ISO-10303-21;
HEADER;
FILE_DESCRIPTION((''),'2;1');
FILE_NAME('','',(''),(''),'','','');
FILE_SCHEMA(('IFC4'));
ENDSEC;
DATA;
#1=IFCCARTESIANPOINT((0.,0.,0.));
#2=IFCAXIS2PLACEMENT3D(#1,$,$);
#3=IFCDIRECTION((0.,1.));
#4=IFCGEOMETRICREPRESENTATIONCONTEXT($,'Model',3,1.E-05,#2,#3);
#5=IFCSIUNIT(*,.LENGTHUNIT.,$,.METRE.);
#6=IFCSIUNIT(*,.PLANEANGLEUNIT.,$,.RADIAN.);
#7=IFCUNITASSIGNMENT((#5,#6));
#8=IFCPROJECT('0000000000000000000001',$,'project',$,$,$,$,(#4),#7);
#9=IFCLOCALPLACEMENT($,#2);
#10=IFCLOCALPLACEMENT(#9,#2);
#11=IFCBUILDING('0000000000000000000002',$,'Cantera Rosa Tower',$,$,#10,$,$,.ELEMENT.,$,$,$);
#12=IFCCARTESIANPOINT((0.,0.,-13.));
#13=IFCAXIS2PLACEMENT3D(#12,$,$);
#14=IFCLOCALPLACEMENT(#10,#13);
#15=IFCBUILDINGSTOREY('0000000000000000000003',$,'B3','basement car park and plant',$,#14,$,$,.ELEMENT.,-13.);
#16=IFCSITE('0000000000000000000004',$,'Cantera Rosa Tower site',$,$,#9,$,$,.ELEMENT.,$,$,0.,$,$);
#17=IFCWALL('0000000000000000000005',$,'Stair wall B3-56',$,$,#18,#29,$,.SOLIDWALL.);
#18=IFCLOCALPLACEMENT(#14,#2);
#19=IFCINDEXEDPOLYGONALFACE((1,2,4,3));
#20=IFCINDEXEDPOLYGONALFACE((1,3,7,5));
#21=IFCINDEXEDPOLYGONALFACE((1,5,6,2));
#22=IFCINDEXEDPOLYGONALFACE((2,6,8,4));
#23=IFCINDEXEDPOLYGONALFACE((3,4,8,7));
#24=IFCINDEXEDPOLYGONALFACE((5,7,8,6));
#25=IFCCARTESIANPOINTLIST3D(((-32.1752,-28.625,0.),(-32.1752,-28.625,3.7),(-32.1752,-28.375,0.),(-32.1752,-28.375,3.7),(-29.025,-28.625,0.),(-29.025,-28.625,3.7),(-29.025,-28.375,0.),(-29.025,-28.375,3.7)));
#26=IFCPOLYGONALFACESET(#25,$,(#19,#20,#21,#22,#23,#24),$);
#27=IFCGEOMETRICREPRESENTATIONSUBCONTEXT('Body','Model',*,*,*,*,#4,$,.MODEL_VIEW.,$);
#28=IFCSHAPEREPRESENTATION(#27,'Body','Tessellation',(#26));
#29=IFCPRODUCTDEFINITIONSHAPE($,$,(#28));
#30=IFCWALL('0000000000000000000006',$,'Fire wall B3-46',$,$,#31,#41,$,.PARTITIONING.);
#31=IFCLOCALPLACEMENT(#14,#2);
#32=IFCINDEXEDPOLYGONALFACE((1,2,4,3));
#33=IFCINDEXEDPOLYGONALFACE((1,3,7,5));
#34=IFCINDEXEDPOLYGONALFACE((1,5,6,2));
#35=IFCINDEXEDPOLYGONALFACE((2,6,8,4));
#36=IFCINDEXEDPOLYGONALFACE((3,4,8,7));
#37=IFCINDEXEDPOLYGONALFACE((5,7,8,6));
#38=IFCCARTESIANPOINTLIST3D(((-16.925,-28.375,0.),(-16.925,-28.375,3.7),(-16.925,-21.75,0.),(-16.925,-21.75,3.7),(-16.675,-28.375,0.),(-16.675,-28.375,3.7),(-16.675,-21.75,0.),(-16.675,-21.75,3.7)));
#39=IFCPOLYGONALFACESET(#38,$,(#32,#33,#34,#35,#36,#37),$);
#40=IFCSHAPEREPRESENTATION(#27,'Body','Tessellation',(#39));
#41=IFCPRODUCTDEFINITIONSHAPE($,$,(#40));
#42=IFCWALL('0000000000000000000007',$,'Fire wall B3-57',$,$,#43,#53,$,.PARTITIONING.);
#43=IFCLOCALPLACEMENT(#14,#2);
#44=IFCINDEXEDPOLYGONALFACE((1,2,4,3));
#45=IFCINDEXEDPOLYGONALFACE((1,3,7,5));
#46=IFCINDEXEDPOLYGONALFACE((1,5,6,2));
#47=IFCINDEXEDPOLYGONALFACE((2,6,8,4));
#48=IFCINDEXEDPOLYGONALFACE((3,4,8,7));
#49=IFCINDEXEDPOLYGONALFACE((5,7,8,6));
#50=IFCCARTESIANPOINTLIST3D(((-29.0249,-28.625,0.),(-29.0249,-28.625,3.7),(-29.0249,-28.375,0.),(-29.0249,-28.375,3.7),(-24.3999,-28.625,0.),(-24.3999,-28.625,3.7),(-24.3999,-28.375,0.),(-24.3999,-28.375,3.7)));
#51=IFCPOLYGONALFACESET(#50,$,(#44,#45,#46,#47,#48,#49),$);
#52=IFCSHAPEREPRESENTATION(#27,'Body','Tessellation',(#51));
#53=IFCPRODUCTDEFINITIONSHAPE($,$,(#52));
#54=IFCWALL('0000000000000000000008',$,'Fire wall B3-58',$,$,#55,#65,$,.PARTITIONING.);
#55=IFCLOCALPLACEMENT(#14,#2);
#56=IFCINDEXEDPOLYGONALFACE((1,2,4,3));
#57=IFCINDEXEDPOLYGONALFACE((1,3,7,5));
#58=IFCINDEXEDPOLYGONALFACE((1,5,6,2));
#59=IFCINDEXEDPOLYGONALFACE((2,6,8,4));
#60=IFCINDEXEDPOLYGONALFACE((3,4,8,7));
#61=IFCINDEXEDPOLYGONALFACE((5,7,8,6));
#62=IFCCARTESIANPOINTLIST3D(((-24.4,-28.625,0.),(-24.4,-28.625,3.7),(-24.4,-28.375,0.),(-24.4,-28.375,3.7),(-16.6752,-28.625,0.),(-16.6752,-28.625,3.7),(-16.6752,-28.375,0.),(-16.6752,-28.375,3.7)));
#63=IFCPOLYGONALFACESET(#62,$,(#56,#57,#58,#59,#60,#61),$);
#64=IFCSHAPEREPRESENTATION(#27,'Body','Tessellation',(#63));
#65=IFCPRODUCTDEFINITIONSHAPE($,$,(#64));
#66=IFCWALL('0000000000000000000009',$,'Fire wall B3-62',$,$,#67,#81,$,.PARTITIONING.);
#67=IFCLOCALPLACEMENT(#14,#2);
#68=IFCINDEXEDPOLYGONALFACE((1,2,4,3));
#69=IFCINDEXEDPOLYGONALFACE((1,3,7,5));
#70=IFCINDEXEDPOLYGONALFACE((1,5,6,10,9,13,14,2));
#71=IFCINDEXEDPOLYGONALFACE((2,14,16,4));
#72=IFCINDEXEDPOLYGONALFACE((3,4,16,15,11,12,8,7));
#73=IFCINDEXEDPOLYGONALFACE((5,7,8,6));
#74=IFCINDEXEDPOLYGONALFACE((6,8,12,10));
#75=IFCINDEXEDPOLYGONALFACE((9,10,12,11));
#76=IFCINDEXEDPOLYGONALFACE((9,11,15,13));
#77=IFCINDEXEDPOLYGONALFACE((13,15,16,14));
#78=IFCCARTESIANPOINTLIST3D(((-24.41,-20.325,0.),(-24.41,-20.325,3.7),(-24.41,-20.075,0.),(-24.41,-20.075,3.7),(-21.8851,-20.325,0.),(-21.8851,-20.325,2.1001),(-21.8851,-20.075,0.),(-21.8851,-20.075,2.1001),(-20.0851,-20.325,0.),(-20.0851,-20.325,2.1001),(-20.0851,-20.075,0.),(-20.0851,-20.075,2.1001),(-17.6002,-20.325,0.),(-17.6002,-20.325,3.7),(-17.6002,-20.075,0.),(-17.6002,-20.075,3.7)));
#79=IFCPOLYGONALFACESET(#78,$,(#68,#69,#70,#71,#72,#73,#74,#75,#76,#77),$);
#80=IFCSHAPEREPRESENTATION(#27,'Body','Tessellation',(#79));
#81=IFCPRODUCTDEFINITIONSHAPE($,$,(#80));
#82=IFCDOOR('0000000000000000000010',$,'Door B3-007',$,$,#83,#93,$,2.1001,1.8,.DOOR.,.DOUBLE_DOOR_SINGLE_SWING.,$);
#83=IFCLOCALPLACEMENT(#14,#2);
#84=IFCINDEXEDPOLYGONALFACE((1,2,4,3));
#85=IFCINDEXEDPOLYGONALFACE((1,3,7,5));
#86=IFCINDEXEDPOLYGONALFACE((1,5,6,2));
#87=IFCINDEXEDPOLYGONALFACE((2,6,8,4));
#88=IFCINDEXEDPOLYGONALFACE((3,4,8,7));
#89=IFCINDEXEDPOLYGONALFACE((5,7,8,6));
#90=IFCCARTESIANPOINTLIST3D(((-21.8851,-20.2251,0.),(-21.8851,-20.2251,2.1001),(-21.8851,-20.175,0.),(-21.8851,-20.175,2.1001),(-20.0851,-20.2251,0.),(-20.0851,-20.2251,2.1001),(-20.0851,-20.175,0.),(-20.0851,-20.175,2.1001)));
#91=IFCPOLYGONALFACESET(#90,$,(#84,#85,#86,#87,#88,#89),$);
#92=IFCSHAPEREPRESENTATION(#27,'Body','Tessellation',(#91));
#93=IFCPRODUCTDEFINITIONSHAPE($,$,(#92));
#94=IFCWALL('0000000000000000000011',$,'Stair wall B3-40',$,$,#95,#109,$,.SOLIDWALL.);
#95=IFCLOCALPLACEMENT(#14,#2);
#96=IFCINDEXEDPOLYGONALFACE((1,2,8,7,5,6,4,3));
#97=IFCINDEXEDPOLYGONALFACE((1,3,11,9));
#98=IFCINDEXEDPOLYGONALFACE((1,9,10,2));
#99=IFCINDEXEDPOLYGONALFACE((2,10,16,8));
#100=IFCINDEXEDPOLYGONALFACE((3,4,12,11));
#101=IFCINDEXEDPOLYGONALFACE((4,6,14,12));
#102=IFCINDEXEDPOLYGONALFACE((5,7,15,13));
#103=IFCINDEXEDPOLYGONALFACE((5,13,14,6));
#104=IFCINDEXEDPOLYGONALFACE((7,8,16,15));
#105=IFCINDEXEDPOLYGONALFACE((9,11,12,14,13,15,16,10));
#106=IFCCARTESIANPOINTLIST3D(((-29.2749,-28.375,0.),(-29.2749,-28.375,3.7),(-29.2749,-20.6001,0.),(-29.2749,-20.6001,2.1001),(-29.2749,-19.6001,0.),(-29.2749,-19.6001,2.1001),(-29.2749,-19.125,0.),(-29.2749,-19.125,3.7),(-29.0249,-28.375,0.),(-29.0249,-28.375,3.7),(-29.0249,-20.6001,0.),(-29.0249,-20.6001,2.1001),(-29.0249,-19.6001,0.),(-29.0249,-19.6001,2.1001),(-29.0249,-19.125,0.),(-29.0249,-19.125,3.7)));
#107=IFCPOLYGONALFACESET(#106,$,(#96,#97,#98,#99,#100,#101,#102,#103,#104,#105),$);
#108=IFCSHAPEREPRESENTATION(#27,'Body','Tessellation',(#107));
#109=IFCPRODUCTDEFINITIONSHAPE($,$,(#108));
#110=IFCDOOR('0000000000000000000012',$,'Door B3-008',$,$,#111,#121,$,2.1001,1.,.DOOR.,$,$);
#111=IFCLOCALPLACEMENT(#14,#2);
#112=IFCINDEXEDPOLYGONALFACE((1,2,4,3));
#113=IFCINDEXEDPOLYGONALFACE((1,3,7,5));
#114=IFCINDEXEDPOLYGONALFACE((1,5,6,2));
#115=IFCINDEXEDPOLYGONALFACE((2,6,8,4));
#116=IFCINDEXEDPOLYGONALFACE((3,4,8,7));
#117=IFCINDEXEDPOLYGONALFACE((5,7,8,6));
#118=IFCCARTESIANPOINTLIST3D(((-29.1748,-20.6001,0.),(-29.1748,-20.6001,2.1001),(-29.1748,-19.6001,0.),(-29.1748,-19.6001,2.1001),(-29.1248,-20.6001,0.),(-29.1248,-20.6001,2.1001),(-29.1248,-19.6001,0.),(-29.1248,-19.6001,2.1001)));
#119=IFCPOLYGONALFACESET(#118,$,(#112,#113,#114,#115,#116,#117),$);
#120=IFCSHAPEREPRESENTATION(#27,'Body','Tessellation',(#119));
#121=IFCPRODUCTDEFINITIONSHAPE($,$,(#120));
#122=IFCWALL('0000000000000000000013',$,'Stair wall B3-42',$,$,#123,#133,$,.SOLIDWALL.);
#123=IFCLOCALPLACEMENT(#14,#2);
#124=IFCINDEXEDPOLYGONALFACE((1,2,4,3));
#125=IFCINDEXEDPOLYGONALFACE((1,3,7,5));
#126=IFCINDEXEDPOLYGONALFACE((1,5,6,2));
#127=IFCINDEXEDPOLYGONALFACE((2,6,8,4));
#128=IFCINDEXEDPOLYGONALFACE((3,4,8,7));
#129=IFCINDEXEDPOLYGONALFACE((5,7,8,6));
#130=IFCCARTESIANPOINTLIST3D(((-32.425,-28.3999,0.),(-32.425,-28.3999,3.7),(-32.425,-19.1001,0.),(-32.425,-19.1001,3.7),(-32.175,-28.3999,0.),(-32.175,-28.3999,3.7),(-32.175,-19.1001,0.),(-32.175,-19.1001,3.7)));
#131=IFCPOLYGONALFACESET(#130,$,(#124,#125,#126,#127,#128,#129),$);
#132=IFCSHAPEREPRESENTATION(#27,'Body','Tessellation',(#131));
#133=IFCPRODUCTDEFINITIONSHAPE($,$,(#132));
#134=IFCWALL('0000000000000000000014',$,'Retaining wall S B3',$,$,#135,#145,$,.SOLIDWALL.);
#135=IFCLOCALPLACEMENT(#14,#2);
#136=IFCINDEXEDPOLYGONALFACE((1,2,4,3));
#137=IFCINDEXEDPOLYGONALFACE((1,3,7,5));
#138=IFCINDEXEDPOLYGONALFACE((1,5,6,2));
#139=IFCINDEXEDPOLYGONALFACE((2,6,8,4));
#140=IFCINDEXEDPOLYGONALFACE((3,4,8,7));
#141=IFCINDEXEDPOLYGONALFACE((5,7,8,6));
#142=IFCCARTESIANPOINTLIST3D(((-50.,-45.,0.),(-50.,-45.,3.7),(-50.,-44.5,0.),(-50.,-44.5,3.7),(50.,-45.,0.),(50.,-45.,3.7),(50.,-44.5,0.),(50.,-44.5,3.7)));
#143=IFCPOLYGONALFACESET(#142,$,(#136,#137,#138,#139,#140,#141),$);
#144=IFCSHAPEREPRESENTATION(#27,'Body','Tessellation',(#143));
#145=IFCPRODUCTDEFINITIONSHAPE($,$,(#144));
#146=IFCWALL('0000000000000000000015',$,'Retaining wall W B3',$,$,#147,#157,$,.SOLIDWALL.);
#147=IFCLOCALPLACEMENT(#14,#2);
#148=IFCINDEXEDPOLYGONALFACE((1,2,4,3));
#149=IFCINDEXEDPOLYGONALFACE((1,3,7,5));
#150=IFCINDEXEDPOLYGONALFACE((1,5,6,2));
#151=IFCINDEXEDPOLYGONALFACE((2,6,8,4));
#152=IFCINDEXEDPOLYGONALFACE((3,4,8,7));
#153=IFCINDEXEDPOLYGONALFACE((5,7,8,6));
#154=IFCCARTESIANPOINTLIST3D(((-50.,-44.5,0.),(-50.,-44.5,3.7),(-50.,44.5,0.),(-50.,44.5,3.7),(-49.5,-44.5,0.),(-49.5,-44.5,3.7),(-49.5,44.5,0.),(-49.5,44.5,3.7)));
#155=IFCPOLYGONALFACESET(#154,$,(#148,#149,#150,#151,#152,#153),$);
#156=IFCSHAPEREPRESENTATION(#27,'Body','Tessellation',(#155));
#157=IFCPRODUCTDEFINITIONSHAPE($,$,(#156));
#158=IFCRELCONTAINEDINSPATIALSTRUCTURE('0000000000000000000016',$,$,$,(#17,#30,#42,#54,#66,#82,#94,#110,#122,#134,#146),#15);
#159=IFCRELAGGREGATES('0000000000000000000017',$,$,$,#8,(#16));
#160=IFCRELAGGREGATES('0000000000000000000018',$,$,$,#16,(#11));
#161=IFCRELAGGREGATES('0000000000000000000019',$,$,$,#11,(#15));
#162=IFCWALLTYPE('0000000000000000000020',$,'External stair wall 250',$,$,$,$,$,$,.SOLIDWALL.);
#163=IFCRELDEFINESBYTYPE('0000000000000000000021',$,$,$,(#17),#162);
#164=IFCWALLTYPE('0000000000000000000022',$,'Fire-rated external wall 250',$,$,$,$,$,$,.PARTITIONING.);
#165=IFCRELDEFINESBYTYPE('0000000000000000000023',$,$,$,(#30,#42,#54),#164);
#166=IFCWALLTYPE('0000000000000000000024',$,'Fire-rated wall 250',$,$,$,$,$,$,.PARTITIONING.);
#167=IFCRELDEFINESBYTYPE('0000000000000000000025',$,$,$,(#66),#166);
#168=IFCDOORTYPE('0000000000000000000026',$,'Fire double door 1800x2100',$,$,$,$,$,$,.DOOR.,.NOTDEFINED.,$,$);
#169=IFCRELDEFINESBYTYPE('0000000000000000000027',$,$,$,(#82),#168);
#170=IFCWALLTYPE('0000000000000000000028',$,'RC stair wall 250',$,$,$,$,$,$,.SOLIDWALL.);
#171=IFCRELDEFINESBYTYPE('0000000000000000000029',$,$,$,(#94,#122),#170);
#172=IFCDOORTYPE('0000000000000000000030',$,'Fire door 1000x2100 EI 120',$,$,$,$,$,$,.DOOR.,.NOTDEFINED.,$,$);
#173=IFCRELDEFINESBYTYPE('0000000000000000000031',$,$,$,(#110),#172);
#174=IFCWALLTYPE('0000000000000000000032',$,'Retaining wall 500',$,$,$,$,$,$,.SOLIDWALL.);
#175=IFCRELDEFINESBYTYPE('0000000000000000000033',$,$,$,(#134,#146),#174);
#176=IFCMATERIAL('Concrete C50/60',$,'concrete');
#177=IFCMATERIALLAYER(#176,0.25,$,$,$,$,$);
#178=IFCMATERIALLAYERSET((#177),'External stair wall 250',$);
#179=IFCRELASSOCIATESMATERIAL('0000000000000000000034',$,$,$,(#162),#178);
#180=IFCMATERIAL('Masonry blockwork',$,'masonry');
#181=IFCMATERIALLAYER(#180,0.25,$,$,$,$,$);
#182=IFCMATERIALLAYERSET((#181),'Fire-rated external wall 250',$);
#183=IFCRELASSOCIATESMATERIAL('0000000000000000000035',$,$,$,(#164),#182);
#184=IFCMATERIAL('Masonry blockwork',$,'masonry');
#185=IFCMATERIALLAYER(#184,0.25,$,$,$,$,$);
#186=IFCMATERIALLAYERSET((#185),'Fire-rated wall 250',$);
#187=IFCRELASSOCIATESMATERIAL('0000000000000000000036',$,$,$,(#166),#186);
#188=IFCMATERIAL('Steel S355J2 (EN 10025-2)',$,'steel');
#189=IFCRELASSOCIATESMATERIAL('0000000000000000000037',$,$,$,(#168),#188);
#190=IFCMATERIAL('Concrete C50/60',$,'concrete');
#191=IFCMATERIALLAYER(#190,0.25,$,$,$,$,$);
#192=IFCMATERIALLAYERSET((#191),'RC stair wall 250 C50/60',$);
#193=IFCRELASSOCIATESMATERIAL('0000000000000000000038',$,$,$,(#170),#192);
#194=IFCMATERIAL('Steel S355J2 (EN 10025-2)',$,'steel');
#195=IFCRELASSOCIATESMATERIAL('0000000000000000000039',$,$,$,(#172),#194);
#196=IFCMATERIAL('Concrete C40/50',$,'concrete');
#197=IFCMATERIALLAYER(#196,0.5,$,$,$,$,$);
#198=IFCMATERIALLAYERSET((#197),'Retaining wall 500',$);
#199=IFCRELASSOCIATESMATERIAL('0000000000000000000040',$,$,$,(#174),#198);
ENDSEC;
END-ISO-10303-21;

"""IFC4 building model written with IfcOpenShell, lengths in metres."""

from ifc_helpers import new_model, si_unit, direction, frame, frame_2d, origin, place, context, subcontext, project, spatial, rectangle, extrude, material, layer, layer_set, type_object, element, fill, save


model = new_model("IFC4")

# Units and contexts
model_context = context("Model", 3, precision=1e-05, world=origin(), true_north=direction((0.0, 1.0)))
body_context = subcontext(model_context, "Body", "Model", "MODEL_VIEW")
ifc_project = project(units=[si_unit("LENGTHUNIT", "METRE"), si_unit("PLANEANGLEUNIT", "RADIAN")], contexts=[model_context])

# Site, building, storey
site_placement = place(None, origin())
site = spatial("IfcSite", under=ifc_project, at=site_placement, Name="Cantera Rosa Tower site", CompositionType="ELEMENT", RefElevation=0.0)
building_placement = place(site_placement, origin())
building = spatial("IfcBuilding", under=site, at=building_placement, Name="Cantera Rosa Tower", CompositionType="ELEMENT")
storey_placement = place(building_placement, frame((0.0, 0.0, -13.0)))
storey = spatial("IfcBuildingStorey", under=building, at=storey_placement, Name="B3", Description="basement car park and plant", CompositionType="ELEMENT", Elevation=-13.0)

# Walls
ifc_material_1 = material(Name="Concrete C50/60", Category="concrete")
ifc_layer_1 = layer(ifc_material_1, 0.25)
ifc_layer_set_1 = layer_set([ifc_layer_1], Name="External stair wall 250")
wall_type_1 = type_object("IfcWallType", Name="External stair wall 250", PredefinedType="SOLIDWALL", material=ifc_layer_set_1)
wall_1_placement = place(storey_placement, frame((-29.0249, -28.5, 0.0), z_axis=(0.0, 0.0, 1.0), x_axis=(-1.0, 0.0, 0.0)))
element("IfcWall", 1, at=wall_1_placement, inside=storey, type_object=wall_type_1, Name="Stair wall B3-56", PredefinedType="SOLIDWALL", context=body_context, shape_type="SweptSolid", body=[
    extrude(rectangle(XDim=3.1501, YDim=0.25, at=frame_2d((1.5752, 0.0))), origin(), (0.0, 0.0, 1.0), 3.7),
])
ifc_material_2 = material(Name="Masonry blockwork", Category="masonry")
ifc_layer_2 = layer(ifc_material_2, 0.25)
ifc_layer_set_2 = layer_set([ifc_layer_2], Name="Fire-rated external wall 250")
wall_type_2 = type_object("IfcWallType", Name="Fire-rated external wall 250", PredefinedType="PARTITIONING", material=ifc_layer_set_2)
wall_2_placement = place(storey_placement, frame((-16.8, -28.375, 0.0), z_axis=(0.0, 0.0, 1.0), x_axis=(0.0, 1.0, 0.0)))
element("IfcWall", 2, at=wall_2_placement, inside=storey, type_object=wall_type_2, Name="Fire wall B3-46", PredefinedType="PARTITIONING", context=body_context, shape_type="SweptSolid", body=[
    extrude(rectangle(XDim=6.625, YDim=0.25, at=frame_2d((3.3125, 0.0))), origin(), (0.0, 0.0, 1.0), 3.7),
])
wall_3_placement = place(storey_placement, frame((-29.0249, -28.5, 0.0), z_axis=(0.0, 0.0, 1.0), x_axis=(1.0, 0.0, 0.0)))
element("IfcWall", 3, at=wall_3_placement, inside=storey, type_object=wall_type_2, Name="Fire wall B3-57", PredefinedType="PARTITIONING", context=body_context, shape_type="SweptSolid", body=[
    extrude(rectangle(XDim=4.625, YDim=0.25, at=frame_2d((2.3125, 0.0))), origin(), (0.0, 0.0, 1.0), 3.7),
])
wall_4_placement = place(storey_placement, frame((-24.3999, -28.5, 0.0), z_axis=(0.0, 0.0, 1.0), x_axis=(1.0, 0.0, 0.0)))
element("IfcWall", 4, at=wall_4_placement, inside=storey, type_object=wall_type_2, Name="Fire wall B3-58", PredefinedType="PARTITIONING", context=body_context, shape_type="SweptSolid", body=[
    extrude(rectangle(XDim=7.7249, YDim=0.25, at=frame_2d((3.8623, 0.0))), origin(), (0.0, 0.0, 1.0), 3.7),
])

# Walls, openings, doors
ifc_material_3 = material(Name="Masonry blockwork", Category="masonry")
ifc_layer_3 = layer(ifc_material_3, 0.25)
ifc_layer_set_3 = layer_set([ifc_layer_3], Name="Fire-rated wall 250")
wall_type_3 = type_object("IfcWallType", Name="Fire-rated wall 250", PredefinedType="PARTITIONING", material=ifc_layer_set_3)
wall_5_placement = place(storey_placement, frame((-24.4099, -20.2, 0.0), z_axis=(0.0, 0.0, 1.0), x_axis=(1.0, 0.0, 0.0)))
wall_5 = element("IfcWall", 5, at=wall_5_placement, inside=storey, type_object=wall_type_3, Name="Fire wall B3-62", PredefinedType="PARTITIONING", context=body_context, shape_type="SweptSolid", body=[
    extrude(rectangle(XDim=6.8098, YDim=0.25, at=frame_2d((3.4048, 0.0))), origin(), (0.0, 0.0, 1.0), 3.7),
])
opening_1_placement = place(wall_5_placement, frame((2.5249, 0.0, 0.0)))
opening_1 = element("IfcOpeningElement", 6, at=opening_1_placement, cuts=wall_5, PredefinedType="OPENING", context=body_context, shape_type="SweptSolid", body=[
    extrude(rectangle(XDim=1.8, YDim=2.1001, at=frame_2d((0.8999, 1.05))), frame((0.0, 0.135, 0.0), z_axis=(0.0, -1.0, 0.0), x_axis=(1.0, 0.0, 0.0)), (0.0, 0.0, 1.0), 0.27),
])
ifc_material_4 = material(Name="Steel S355J2 (EN 10025-2)", Category="steel")
door_type_1 = type_object("IfcDoorType", Name="Fire double door 1800x2100", OperationType="NOTDEFINED", PredefinedType="DOOR", material=ifc_material_4)
door_1_placement = place(opening_1_placement, origin())
door_1 = element("IfcDoor", 7, at=door_1_placement, inside=storey, type_object=door_type_1, Name="Door B3-007", OperationType="DOUBLE_DOOR_SINGLE_SWING", OverallHeight=2.1001, OverallWidth=1.8, PredefinedType="DOOR", context=body_context, shape_type="SweptSolid", body=[
    extrude(rectangle(XDim=1.8, YDim=2.1001, at=frame_2d((0.8999, 1.05))), frame((0.0, 0.0249, 0.0), z_axis=(0.0, -1.0, 0.0), x_axis=(1.0, 0.0, 0.0)), (0.0, 0.0, 1.0), 0.05),
])
fill(opening_1, door_1)
ifc_material_5 = material(Name="Concrete C50/60", Category="concrete")
ifc_layer_4 = layer(ifc_material_5, 0.25)
ifc_layer_set_4 = layer_set([ifc_layer_4], Name="RC stair wall 250 C50/60")
wall_type_4 = type_object("IfcWallType", Name="RC stair wall 250", PredefinedType="SOLIDWALL", material=ifc_layer_set_4)
wall_6_placement = place(storey_placement, frame((-29.1499, -28.375, 0.0), z_axis=(0.0, 0.0, 1.0), x_axis=(0.0, 1.0, 0.0)))
wall_6 = element("IfcWall", 8, at=wall_6_placement, inside=storey, type_object=wall_type_4, Name="Stair wall B3-40", PredefinedType="SOLIDWALL", context=body_context, shape_type="SweptSolid", body=[
    extrude(rectangle(XDim=9.25, YDim=0.25, at=frame_2d((4.625, 0.0))), origin(), (0.0, 0.0, 1.0), 3.7),
])
opening_2_placement = place(wall_6_placement, frame((7.7749, 0.0, 0.0)))
opening_2 = element("IfcOpeningElement", 9, at=opening_2_placement, cuts=wall_6, PredefinedType="OPENING", context=body_context, shape_type="SweptSolid", body=[
    extrude(rectangle(XDim=1.0, YDim=2.1001, at=frame_2d((0.5, 1.05))), frame((0.0, 0.135, 0.0), z_axis=(0.0, -1.0, 0.0), x_axis=(1.0, 0.0, 0.0)), (0.0, 0.0, 1.0), 0.27),
])
ifc_material_6 = material(Name="Steel S355J2 (EN 10025-2)", Category="steel")
door_type_2 = type_object("IfcDoorType", Name="Fire door 1000x2100 EI 120", OperationType="NOTDEFINED", PredefinedType="DOOR", material=ifc_material_6)
door_2_placement = place(opening_2_placement, origin())
door_2 = element("IfcDoor", 10, at=door_2_placement, inside=storey, type_object=door_type_2, Name="Door B3-008", OverallHeight=2.1001, OverallWidth=1.0, PredefinedType="DOOR", context=body_context, shape_type="SweptSolid", body=[
    extrude(rectangle(XDim=1.0, YDim=2.1001, at=frame_2d((0.5, 1.05))), frame((0.0, 0.0249, 0.0), z_axis=(0.0, -1.0, 0.0), x_axis=(1.0, 0.0, 0.0)), (0.0, 0.0, 1.0), 0.05),
])
fill(opening_2, door_2)

# Walls
wall_7_placement = place(storey_placement, frame((-32.3, -28.3999, 0.0), z_axis=(0.0, 0.0, 1.0), x_axis=(0.0, 1.0, 0.0)))
element("IfcWall", 11, at=wall_7_placement, inside=storey, type_object=wall_type_4, Name="Stair wall B3-42", PredefinedType="SOLIDWALL", context=body_context, shape_type="SweptSolid", body=[
    extrude(rectangle(XDim=9.2998, YDim=0.25, at=frame_2d((4.6499, 0.0))), origin(), (0.0, 0.0, 1.0), 3.7),
])
ifc_material_7 = material(Name="Concrete C40/50", Category="concrete")
ifc_layer_5 = layer(ifc_material_7, 0.5)
ifc_layer_set_5 = layer_set([ifc_layer_5], Name="Retaining wall 500")
wall_type_5 = type_object("IfcWallType", Name="Retaining wall 500", PredefinedType="SOLIDWALL", material=ifc_layer_set_5)
wall_8_placement = place(storey_placement, frame((-50.0, -44.75, 0.0), z_axis=(0.0, 0.0, 1.0), x_axis=(1.0, 0.0, 0.0)))
element("IfcWall", 12, at=wall_8_placement, inside=storey, type_object=wall_type_5, Name="Retaining wall S B3", PredefinedType="SOLIDWALL", context=body_context, shape_type="SweptSolid", body=[
    extrude(rectangle(XDim=100.0, YDim=0.5, at=frame_2d((50.0, 0.0))), origin(), (0.0, 0.0, 1.0), 3.7),
])
wall_9_placement = place(storey_placement, frame((-49.75, -44.5, 0.0), z_axis=(0.0, 0.0, 1.0), x_axis=(0.0, 1.0, 0.0)))
element("IfcWall", 13, at=wall_9_placement, inside=storey, type_object=wall_type_5, Name="Retaining wall W B3", PredefinedType="SOLIDWALL", context=body_context, shape_type="SweptSolid", body=[
    extrude(rectangle(XDim=89.0, YDim=0.5, at=frame_2d((44.5, 0.0))), origin(), (0.0, 0.0, 1.0), 3.7),
])

save(model, "model.ifc")
